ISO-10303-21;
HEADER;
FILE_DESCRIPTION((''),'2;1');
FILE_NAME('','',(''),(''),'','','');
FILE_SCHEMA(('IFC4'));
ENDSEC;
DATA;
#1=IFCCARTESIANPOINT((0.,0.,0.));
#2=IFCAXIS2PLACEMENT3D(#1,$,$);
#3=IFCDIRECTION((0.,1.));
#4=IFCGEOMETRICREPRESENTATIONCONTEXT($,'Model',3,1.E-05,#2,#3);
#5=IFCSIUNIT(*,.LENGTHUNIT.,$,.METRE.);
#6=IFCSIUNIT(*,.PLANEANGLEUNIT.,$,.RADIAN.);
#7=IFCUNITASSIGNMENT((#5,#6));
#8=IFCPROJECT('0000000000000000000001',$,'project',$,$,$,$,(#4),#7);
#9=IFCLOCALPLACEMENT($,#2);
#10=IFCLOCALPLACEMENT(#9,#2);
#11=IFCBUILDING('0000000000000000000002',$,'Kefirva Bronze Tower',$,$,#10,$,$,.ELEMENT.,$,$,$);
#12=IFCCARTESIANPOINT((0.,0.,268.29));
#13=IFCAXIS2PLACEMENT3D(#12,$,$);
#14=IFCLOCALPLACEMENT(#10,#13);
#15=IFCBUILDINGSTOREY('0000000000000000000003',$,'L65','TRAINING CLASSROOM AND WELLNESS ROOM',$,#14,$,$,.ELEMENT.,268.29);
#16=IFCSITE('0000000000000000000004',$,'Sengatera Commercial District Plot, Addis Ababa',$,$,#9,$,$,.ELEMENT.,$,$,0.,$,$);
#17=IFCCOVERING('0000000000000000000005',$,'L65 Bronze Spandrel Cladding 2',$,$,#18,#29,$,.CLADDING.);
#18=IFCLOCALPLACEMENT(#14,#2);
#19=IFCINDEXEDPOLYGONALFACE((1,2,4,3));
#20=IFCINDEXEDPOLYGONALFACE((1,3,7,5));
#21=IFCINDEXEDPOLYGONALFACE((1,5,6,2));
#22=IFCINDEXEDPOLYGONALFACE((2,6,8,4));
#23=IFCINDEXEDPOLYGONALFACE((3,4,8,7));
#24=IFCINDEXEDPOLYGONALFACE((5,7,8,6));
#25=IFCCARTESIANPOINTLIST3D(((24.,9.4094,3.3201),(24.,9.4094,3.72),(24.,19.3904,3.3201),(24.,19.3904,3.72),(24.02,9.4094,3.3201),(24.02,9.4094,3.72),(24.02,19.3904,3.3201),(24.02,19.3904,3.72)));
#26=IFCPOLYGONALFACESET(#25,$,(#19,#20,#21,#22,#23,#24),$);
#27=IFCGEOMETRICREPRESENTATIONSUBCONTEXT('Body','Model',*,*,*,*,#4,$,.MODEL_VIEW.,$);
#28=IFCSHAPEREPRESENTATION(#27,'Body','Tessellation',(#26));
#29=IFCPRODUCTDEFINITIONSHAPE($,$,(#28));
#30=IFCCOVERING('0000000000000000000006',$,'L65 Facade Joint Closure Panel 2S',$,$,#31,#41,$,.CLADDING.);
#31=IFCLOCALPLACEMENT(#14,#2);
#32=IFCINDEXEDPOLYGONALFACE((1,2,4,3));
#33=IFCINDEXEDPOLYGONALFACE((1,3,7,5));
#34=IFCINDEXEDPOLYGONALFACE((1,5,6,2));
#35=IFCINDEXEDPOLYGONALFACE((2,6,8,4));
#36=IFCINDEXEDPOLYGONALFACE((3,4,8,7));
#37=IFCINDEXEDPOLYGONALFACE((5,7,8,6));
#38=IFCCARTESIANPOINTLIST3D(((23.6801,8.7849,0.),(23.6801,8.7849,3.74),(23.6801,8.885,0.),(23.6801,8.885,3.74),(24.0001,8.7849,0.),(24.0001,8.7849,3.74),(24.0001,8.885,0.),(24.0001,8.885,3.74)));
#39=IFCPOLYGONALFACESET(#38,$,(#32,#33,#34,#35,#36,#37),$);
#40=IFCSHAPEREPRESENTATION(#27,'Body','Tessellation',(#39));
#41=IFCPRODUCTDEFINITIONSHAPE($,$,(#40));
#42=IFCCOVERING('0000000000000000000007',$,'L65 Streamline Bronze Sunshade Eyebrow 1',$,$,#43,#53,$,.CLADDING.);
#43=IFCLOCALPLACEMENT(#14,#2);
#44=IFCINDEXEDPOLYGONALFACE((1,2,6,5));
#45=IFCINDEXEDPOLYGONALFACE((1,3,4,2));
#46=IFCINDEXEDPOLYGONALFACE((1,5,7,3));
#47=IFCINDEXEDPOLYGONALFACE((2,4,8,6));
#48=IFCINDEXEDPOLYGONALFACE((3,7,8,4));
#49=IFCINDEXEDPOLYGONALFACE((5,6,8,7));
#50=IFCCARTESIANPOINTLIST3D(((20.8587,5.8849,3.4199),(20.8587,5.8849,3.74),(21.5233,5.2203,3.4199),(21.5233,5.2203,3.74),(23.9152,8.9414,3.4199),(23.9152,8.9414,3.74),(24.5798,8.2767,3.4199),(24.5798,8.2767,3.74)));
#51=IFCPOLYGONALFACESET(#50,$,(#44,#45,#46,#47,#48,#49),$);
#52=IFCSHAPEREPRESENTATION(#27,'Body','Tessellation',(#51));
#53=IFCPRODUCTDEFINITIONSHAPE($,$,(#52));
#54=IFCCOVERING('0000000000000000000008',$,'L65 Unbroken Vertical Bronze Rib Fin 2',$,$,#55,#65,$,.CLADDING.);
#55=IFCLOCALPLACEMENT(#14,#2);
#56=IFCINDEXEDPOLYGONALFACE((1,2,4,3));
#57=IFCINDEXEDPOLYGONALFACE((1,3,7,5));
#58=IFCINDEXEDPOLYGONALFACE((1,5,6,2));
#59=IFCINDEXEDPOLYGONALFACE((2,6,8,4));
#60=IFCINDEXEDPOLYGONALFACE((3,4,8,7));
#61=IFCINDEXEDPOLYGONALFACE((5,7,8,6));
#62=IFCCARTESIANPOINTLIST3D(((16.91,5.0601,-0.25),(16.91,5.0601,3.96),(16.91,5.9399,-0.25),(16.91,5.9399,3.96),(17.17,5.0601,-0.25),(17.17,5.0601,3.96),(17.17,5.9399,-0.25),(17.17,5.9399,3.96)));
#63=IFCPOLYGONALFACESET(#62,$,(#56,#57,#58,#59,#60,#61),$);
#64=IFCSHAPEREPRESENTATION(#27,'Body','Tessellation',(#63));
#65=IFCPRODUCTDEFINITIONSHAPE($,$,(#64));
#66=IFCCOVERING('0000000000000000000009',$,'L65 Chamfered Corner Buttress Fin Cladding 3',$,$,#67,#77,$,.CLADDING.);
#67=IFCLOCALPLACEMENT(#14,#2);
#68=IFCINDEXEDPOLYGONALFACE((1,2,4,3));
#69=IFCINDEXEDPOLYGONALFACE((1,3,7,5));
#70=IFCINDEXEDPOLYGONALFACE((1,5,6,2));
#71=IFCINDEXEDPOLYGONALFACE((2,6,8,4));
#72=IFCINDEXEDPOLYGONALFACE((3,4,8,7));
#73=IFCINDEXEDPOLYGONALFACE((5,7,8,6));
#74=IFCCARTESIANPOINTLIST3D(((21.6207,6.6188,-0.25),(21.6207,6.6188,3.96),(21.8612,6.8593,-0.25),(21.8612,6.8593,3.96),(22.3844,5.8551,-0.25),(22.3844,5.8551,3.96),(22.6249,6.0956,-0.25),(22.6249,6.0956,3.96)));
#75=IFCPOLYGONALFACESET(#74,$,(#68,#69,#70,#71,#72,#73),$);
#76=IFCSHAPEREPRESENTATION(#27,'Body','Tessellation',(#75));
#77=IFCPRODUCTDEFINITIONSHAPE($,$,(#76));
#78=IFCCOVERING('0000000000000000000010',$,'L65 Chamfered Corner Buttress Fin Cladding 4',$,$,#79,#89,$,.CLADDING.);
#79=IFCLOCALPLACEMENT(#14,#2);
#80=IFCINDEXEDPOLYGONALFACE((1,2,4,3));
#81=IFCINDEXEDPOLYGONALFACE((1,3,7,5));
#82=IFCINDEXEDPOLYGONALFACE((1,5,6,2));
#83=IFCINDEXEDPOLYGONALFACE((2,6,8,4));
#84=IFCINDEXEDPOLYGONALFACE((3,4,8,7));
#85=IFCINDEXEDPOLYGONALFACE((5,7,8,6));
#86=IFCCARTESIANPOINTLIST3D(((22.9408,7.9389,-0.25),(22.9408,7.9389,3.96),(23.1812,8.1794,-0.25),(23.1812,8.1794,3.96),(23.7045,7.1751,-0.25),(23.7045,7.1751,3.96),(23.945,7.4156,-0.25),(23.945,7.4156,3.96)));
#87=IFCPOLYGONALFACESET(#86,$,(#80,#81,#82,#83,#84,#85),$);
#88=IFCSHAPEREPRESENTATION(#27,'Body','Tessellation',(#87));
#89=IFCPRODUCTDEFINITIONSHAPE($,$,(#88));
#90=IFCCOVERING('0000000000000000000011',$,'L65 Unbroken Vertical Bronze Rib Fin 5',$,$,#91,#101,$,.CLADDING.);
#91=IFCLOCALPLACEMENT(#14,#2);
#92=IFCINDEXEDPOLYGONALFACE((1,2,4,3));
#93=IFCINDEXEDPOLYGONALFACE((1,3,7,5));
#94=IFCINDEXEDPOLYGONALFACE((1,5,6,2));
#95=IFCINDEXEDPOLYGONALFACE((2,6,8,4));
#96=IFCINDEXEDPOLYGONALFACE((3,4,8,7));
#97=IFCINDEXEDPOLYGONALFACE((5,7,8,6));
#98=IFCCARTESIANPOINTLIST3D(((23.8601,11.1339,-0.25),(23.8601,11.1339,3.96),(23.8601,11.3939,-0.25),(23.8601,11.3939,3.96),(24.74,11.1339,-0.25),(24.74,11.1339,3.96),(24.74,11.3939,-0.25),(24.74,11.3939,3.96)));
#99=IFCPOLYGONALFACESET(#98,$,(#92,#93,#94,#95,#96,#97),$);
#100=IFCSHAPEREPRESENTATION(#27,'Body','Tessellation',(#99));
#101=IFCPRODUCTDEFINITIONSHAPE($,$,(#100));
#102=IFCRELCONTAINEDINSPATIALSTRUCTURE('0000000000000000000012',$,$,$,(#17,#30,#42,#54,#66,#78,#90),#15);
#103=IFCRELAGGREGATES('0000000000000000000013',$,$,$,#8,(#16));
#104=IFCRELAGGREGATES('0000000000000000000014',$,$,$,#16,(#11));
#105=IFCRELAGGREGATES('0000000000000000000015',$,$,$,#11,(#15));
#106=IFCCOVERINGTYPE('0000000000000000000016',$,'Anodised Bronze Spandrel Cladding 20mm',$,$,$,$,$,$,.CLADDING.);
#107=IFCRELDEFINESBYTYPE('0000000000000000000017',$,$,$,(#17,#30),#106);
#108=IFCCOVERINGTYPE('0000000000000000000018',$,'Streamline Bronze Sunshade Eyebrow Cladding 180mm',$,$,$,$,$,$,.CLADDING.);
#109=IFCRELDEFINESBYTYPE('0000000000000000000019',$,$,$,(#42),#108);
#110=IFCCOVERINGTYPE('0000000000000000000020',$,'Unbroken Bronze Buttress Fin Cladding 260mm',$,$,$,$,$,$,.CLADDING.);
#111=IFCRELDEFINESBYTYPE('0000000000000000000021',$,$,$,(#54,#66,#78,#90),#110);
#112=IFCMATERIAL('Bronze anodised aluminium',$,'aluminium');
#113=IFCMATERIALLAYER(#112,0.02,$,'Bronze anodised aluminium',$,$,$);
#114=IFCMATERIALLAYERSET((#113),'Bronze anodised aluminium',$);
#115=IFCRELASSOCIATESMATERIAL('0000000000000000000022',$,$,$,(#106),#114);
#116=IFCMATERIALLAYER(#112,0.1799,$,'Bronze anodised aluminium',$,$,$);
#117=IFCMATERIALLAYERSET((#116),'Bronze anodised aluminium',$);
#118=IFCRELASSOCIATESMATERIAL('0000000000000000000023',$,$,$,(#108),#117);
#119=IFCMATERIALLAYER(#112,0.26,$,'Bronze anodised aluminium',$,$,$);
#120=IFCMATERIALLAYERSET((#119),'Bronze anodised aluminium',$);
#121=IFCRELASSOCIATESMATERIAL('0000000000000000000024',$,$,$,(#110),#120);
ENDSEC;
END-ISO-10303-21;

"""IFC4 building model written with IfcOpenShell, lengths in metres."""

from ifc_helpers import new_model, si_unit, direction, frame, origin, origin_2d, place, context, subcontext, project, spatial, rectangle, extrude, material, layer, layer_set, type_object, element, save


model = new_model("IFC4")

# Units and contexts
model_context = context("Model", 3, precision=1e-05, world=origin(), true_north=direction((0.0, 1.0)))
body_context = subcontext(model_context, "Body", "Model", "MODEL_VIEW")
ifc_project = project(units=[si_unit("LENGTHUNIT", "METRE"), si_unit("PLANEANGLEUNIT", "RADIAN")], contexts=[model_context])

# Site, building, storey
site_placement = place(None, origin())
site = spatial("IfcSite", under=ifc_project, at=site_placement, Name="Sengatera Commercial District Plot, Addis Ababa", CompositionType="ELEMENT", RefElevation=0.0)
building_placement = place(site_placement, origin())
building = spatial("IfcBuilding", under=site, at=building_placement, Name="Kefirva Bronze Tower", CompositionType="ELEMENT")
storey_placement = place(building_placement, frame((0.0, 0.0, 268.29)))
storey = spatial("IfcBuildingStorey", under=building, at=storey_placement, Name="L65", Description="TRAINING CLASSROOM AND WELLNESS ROOM", CompositionType="ELEMENT", Elevation=268.29)

# Shared definitions
ifc_material_1 = material(Name="Bronze anodised aluminium", Category="aluminium")

# Coverings
ifc_layer_1 = layer(ifc_material_1, 0.02, Name="Bronze anodised aluminium")
ifc_layer_set_1 = layer_set([ifc_layer_1], Name="Bronze anodised aluminium")
covering_type_1 = type_object("IfcCoveringType", Name="Anodised Bronze Spandrel Cladding 20mm", PredefinedType="CLADDING", material=ifc_layer_set_1)
covering_1_placement = place(storey_placement, frame((24.01, 14.3999, 3.3201), z_axis=(0.0, 0.0, 1.0), x_axis=(0.0, 1.0, 0.0)))
element("IfcCovering", 1, at=covering_1_placement, inside=storey, type_object=covering_type_1, Name="L65 Bronze Spandrel Cladding 2", PredefinedType="CLADDING", context=body_context, shape_type="SweptSolid", body=[
    extrude(rectangle(XDim=9.981, YDim=0.02, at=origin_2d()), origin(), (0.0, 0.0, 1.0), 0.3999),
])
covering_2_placement = place(storey_placement, frame((23.8401, 8.835, 0.0), z_axis=(0.0, 0.0, 1.0), x_axis=(0.0, 1.0, 0.0)))
element("IfcCovering", 2, at=covering_2_placement, inside=storey, type_object=covering_type_1, Name="L65 Facade Joint Closure Panel 2S", PredefinedType="CLADDING", context=body_context, shape_type="SweptSolid", body=[
    extrude(rectangle(XDim=0.1001, YDim=0.3201, at=origin_2d()), origin(), (0.0, 0.0, 1.0), 3.74),
])
ifc_layer_2 = layer(ifc_material_1, 0.1799, Name="Bronze anodised aluminium")
ifc_layer_set_2 = layer_set([ifc_layer_2], Name="Bronze anodised aluminium")
covering_type_2 = type_object("IfcCoveringType", Name="Streamline Bronze Sunshade Eyebrow Cladding 180mm", PredefinedType="CLADDING", material=ifc_layer_set_2)
covering_3_placement = place(storey_placement, frame((22.7192, 7.0808, 3.4199), z_axis=(0.0, 0.0, 1.0), x_axis=(0.707107, 0.707107, 0.0)))
element("IfcCovering", 3, at=covering_3_placement, inside=storey, type_object=covering_type_2, Name="L65 Streamline Bronze Sunshade Eyebrow 1", PredefinedType="CLADDING", context=body_context, shape_type="SweptSolid", body=[
    extrude(rectangle(XDim=4.3225, YDim=0.9399, at=origin_2d()), origin(), (0.0, 0.0, 1.0), 0.3201),
])
ifc_layer_3 = layer(ifc_material_1, 0.26, Name="Bronze anodised aluminium")
ifc_layer_set_3 = layer_set([ifc_layer_3], Name="Bronze anodised aluminium")
covering_type_3 = type_object("IfcCoveringType", Name="Unbroken Bronze Buttress Fin Cladding 260mm", PredefinedType="CLADDING", material=ifc_layer_set_3)
covering_4_placement = place(storey_placement, frame((17.04, 5.5, -0.25), z_axis=(0.0, 0.0, 1.0), x_axis=(1.0, 0.0, 0.0)))
element("IfcCovering", 4, at=covering_4_placement, inside=storey, type_object=covering_type_3, Name="L65 Unbroken Vertical Bronze Rib Fin 2", PredefinedType="CLADDING", context=body_context, shape_type="SweptSolid", body=[
    extrude(rectangle(XDim=0.26, YDim=0.8799, at=origin_2d()), origin(), (0.0, 0.0, 1.0), 4.21),
])
for number, where, z_axis, x_axis, name in (
    (5, (22.1228, 6.3572, -0.25), (0.0, 0.0, 1.0), (0.707107, 0.707107, 0.0), "L65 Chamfered Corner Buttress Fin Cladding 3"),
    (6, (23.4429, 7.6772, -0.25), (0.0, 0.0, 1.0), (0.707107, 0.707107, 0.0), "L65 Chamfered Corner Buttress Fin Cladding 4"),
):
    element("IfcCovering", number, at=place(storey_placement, frame(where, z_axis=z_axis, x_axis=x_axis)), inside=storey, type_object=covering_type_3, Name=name, PredefinedType="CLADDING", context=body_context, shape_type="SweptSolid", body=[
        extrude(rectangle(XDim=0.3401, YDim=1.0801, at=origin_2d()), origin(), (0.0, 0.0, 1.0), 4.21),
    ])
covering_5_placement = place(storey_placement, frame((24.3, 11.2639, -0.25), z_axis=(0.0, 0.0, 1.0), x_axis=(0.0, 1.0, 0.0)))
element("IfcCovering", 7, at=covering_5_placement, inside=storey, type_object=covering_type_3, Name="L65 Unbroken Vertical Bronze Rib Fin 5", PredefinedType="CLADDING", context=body_context, shape_type="SweptSolid", body=[
    extrude(rectangle(XDim=0.26, YDim=0.8799, at=origin_2d()), origin(), (0.0, 0.0, 1.0), 4.21),
])

save(model, "model.ifc")
